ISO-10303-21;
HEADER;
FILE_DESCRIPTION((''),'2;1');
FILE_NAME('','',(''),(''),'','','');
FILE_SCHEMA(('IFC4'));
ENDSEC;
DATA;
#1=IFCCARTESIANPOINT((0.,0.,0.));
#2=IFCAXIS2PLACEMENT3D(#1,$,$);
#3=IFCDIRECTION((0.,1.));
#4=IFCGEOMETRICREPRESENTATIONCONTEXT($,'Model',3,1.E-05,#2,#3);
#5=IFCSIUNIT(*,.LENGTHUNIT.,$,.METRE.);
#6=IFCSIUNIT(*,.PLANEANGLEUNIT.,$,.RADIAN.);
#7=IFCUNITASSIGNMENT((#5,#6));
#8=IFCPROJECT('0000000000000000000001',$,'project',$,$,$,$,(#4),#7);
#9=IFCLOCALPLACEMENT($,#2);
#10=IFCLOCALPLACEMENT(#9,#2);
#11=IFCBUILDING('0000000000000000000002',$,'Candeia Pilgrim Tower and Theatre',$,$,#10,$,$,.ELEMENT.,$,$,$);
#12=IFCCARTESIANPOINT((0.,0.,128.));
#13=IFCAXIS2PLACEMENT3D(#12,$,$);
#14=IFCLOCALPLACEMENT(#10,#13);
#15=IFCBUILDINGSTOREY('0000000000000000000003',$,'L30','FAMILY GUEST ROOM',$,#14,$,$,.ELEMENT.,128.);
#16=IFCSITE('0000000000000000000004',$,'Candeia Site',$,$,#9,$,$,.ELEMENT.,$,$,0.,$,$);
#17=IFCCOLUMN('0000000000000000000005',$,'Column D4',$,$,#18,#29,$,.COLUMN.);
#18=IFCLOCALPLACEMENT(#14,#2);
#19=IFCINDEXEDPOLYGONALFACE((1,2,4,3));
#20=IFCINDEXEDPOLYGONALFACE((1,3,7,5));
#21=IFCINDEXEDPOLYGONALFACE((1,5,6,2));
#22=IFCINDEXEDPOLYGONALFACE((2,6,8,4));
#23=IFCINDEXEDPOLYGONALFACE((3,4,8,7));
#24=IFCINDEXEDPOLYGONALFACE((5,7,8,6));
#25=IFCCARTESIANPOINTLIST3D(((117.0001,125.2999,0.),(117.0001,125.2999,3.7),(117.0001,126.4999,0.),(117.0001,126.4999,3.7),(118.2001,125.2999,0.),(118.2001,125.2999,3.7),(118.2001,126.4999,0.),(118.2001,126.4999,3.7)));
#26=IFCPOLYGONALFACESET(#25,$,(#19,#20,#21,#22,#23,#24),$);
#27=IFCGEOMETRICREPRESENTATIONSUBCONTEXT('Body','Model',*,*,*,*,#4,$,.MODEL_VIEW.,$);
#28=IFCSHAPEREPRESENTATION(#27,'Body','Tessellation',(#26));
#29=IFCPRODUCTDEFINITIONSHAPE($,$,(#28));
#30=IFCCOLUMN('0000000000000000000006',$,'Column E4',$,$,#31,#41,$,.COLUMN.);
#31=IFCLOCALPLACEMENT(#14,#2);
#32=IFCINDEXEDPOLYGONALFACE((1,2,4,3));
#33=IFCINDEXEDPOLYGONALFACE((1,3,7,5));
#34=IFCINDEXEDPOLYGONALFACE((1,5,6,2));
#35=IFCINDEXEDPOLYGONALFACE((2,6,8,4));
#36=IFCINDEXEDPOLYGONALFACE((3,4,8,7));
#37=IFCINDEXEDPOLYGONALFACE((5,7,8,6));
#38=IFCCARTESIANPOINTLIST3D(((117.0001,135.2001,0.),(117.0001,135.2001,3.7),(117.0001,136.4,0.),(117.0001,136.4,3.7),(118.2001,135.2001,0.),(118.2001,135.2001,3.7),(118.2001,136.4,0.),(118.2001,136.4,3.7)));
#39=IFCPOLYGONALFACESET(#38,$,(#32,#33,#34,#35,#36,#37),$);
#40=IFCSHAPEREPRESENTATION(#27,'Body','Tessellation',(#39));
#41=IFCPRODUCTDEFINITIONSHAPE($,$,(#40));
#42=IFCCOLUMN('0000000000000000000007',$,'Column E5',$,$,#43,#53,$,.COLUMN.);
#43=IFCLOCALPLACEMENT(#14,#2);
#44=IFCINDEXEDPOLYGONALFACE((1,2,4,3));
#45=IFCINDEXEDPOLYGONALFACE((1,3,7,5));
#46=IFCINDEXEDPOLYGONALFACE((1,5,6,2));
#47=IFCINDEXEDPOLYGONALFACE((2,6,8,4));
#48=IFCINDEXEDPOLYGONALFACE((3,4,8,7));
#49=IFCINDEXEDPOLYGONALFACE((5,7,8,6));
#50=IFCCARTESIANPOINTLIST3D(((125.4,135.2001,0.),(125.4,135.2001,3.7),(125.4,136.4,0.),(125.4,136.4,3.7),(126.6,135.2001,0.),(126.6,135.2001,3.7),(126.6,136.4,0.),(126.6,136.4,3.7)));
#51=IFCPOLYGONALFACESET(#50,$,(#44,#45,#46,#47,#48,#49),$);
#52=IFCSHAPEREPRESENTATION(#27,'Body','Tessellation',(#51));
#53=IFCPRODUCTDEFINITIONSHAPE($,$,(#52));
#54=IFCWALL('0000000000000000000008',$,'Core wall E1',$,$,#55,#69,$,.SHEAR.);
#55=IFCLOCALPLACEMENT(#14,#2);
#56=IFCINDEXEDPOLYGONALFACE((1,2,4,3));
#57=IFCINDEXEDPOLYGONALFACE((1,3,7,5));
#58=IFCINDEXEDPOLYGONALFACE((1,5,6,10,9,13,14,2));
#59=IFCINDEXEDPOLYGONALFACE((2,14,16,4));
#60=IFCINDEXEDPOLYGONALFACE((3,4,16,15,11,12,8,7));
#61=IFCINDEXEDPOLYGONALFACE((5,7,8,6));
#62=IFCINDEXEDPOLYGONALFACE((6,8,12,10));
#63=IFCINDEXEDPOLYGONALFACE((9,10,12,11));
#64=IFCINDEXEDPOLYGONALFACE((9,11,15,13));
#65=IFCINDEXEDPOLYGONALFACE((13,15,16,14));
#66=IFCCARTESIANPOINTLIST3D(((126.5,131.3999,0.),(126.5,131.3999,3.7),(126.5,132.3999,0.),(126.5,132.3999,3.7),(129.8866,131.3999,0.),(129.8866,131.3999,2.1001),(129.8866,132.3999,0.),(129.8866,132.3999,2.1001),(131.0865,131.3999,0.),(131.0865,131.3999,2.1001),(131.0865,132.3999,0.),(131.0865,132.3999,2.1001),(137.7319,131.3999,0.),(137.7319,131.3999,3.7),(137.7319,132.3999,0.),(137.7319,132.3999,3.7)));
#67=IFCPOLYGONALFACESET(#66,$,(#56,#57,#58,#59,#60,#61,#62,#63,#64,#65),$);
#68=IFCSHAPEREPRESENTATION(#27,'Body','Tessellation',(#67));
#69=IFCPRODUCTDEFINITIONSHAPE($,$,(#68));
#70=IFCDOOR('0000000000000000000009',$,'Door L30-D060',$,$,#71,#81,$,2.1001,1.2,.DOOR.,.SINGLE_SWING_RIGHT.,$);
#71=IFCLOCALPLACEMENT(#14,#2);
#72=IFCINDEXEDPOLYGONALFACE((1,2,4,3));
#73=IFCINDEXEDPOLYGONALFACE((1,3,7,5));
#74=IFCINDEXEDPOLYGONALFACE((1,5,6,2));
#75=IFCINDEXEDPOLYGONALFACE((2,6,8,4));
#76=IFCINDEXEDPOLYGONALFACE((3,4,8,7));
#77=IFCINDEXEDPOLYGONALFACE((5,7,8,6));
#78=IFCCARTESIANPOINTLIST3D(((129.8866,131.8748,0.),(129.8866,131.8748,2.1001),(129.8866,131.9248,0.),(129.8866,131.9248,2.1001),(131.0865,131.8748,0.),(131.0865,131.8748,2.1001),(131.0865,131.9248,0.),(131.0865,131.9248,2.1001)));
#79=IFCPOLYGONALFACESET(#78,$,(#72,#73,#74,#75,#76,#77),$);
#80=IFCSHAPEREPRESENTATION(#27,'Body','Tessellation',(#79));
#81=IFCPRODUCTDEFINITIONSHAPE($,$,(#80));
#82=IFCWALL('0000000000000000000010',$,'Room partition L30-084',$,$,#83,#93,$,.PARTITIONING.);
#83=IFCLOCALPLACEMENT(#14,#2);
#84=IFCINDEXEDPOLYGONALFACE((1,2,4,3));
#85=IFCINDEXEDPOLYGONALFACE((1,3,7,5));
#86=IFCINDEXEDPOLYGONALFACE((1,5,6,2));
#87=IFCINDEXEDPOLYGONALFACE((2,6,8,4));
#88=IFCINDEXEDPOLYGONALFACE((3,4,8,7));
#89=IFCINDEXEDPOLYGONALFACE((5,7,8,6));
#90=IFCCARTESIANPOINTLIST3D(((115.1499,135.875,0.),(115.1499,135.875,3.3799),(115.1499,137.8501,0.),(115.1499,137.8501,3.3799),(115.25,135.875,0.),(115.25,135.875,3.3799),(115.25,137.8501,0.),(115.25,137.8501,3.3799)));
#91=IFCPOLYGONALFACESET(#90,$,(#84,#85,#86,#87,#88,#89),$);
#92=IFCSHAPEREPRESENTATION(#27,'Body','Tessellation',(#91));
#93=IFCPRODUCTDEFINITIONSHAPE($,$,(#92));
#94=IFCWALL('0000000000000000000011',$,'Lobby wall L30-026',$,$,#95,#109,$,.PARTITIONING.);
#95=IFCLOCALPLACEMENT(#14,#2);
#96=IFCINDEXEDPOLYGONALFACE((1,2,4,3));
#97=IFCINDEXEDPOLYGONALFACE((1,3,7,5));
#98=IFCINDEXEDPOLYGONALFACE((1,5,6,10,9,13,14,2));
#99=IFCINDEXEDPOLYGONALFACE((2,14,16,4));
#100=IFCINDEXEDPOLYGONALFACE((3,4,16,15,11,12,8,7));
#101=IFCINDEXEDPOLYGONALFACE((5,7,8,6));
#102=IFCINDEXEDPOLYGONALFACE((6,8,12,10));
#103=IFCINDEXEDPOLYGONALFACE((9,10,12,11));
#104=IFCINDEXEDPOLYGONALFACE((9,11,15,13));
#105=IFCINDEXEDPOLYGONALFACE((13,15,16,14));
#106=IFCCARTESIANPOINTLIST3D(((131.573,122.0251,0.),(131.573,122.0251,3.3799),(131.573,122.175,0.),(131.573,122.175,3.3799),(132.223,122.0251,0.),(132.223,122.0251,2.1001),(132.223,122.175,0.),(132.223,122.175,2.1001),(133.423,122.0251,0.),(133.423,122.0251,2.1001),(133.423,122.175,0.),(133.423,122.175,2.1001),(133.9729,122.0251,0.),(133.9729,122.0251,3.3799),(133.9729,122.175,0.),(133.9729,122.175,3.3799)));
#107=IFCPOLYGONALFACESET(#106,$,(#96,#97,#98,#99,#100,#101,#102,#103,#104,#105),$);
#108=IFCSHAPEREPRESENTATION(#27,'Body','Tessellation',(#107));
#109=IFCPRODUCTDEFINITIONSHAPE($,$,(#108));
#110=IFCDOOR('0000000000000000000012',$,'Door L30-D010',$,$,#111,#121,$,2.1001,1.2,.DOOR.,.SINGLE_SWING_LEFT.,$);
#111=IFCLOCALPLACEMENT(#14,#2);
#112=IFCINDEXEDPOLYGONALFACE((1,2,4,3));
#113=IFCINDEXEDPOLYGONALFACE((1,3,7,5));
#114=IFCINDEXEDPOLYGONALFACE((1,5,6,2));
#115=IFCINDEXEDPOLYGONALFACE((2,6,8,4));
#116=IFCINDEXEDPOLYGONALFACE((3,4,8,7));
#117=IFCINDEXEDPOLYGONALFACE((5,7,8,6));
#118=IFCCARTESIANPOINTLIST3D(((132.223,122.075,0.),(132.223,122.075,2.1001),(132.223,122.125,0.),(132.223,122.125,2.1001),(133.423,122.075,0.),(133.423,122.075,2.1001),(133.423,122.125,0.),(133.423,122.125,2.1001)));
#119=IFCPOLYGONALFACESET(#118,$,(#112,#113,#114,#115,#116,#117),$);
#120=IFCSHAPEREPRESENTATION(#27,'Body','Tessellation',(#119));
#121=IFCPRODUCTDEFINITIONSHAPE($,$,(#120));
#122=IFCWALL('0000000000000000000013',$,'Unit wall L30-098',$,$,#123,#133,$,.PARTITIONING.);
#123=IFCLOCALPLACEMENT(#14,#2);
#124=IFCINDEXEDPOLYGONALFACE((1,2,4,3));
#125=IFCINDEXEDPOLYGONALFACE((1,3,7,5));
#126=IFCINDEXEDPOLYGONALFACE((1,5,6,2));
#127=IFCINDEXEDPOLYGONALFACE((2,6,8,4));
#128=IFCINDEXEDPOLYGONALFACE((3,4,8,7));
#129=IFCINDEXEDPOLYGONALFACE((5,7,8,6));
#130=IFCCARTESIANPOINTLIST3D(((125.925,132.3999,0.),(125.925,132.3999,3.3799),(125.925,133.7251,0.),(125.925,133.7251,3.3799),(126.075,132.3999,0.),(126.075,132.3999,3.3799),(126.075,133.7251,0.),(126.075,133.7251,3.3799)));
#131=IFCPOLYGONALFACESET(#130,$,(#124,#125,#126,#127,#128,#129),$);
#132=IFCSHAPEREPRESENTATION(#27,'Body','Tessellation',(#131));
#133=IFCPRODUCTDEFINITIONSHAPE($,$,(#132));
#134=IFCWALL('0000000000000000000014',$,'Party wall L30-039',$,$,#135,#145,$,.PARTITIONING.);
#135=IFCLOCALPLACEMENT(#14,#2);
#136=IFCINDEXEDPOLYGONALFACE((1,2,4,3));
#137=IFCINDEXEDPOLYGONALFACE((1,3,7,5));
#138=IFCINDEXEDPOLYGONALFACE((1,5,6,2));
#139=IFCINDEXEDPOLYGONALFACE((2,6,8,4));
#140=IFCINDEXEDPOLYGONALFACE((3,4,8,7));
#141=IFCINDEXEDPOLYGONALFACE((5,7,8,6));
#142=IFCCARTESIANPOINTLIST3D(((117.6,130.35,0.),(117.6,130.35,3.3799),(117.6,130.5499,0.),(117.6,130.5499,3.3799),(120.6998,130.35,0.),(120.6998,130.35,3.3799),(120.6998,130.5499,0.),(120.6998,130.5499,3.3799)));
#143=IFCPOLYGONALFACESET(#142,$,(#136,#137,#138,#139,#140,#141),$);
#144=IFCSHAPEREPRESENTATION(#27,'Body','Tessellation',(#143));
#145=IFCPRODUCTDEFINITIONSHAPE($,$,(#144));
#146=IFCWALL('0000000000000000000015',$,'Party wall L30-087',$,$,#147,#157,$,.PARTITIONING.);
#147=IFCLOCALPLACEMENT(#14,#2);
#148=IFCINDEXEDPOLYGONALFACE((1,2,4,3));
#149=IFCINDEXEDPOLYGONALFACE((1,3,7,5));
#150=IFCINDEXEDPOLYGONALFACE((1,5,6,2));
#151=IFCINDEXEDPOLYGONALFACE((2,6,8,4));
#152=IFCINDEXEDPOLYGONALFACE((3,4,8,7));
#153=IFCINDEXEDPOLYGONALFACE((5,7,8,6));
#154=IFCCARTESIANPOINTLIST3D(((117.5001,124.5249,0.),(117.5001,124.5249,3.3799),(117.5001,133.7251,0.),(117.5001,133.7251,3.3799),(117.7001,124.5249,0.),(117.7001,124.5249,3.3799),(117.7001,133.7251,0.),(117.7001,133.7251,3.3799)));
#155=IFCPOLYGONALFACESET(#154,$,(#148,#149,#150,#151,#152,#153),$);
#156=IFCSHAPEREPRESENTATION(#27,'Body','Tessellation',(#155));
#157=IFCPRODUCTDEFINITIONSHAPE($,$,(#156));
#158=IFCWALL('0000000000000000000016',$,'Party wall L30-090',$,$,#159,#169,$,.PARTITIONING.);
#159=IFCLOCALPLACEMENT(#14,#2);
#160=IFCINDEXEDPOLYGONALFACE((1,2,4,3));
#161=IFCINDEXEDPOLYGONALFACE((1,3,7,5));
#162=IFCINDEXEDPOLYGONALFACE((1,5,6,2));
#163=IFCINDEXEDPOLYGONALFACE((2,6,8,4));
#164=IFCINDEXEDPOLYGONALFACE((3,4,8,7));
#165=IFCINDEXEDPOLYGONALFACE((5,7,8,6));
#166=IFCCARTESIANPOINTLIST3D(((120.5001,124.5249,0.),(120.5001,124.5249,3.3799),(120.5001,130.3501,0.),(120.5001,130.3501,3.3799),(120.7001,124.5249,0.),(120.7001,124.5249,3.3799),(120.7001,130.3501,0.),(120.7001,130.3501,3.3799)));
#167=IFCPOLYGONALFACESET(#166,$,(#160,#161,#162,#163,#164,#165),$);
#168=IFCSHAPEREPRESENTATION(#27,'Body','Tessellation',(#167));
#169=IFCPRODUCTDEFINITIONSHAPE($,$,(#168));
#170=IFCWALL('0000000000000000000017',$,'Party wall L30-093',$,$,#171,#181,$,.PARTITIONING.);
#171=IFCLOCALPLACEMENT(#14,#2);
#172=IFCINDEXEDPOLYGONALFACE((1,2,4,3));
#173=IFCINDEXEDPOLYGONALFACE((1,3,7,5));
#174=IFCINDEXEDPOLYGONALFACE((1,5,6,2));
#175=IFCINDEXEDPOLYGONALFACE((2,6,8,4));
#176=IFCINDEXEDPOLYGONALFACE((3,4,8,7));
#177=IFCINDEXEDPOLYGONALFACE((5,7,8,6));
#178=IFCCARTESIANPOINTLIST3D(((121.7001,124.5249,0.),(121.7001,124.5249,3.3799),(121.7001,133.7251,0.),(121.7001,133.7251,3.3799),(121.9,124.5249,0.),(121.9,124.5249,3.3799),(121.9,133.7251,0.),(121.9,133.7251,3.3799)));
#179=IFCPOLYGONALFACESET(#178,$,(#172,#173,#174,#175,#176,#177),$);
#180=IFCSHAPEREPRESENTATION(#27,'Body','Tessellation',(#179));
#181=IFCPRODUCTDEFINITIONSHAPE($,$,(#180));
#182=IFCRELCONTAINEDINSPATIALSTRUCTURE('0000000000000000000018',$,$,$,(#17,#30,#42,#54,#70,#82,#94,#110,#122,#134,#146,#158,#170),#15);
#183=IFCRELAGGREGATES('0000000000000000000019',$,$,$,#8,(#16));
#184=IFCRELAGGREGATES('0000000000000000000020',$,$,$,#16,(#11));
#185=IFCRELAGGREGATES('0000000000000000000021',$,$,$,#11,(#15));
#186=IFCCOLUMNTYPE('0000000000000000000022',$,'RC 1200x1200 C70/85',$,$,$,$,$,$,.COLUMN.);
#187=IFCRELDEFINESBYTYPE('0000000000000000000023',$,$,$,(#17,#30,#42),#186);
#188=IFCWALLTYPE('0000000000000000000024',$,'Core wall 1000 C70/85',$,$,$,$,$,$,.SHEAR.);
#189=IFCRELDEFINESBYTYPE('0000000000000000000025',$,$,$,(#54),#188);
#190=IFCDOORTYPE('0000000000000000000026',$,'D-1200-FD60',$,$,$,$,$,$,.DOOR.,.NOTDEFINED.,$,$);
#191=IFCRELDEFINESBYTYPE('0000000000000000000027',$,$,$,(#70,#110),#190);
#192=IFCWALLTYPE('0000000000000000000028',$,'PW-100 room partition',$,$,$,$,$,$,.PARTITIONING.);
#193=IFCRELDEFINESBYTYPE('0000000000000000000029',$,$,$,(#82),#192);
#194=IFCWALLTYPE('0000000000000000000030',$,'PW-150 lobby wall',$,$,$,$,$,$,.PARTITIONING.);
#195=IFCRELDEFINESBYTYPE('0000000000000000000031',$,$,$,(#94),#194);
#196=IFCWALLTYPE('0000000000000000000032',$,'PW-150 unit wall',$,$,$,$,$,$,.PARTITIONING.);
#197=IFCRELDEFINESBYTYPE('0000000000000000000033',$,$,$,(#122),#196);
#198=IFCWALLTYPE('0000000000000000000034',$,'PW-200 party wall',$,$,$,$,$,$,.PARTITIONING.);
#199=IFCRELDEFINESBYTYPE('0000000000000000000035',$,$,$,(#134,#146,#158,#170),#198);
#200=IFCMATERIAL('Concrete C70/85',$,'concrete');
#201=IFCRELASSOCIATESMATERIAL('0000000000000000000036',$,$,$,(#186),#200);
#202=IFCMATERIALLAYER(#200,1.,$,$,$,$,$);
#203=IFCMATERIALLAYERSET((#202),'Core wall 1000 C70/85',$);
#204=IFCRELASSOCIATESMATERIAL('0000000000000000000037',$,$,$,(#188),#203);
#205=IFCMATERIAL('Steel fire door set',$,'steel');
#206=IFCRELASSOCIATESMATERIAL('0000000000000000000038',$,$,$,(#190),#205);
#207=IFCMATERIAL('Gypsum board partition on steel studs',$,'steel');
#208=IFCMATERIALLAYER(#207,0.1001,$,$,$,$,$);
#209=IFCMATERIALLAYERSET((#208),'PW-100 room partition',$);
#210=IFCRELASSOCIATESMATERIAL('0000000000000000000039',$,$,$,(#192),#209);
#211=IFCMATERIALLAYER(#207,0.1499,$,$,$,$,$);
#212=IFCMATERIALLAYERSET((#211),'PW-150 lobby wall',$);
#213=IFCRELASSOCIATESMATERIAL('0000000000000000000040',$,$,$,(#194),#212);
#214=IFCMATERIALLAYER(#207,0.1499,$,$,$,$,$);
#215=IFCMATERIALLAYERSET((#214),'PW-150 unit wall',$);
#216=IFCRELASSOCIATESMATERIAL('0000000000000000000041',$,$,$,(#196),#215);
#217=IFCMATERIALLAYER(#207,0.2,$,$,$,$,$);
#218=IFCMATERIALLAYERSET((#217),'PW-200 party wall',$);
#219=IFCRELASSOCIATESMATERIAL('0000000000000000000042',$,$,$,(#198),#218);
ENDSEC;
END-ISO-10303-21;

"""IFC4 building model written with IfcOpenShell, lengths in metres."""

from ifc_helpers import new_model, si_unit, direction, frame, frame_2d, origin, origin_2d, place, context, subcontext, project, spatial, rectangle, extrude, material, layer, layer_set, material_profile, profile_set, type_object, element, fill, save


model = new_model("IFC4")

# Units and contexts
model_context = context("Model", 3, precision=1e-05, world=origin(), true_north=direction((0.0, 1.0)))
body_context = subcontext(model_context, "Body", "Model", "MODEL_VIEW")
ifc_project = project(units=[si_unit("LENGTHUNIT", "METRE"), si_unit("PLANEANGLEUNIT", "RADIAN")], contexts=[model_context])

# Site, building, storey
site_placement = place(None, origin())
site = spatial("IfcSite", under=ifc_project, at=site_placement, Name="Candeia Site", CompositionType="ELEMENT", RefElevation=0.0)
building_placement = place(site_placement, origin())
building = spatial("IfcBuilding", under=site, at=building_placement, Name="Candeia Pilgrim Tower and Theatre", CompositionType="ELEMENT")
storey_placement = place(building_placement, frame((0.0, 0.0, 128.0)))
storey = spatial("IfcBuildingStorey", under=building, at=storey_placement, Name="L30", Description="FAMILY GUEST ROOM", CompositionType="ELEMENT", Elevation=128.0)

# Columns
ifc_material_1 = material(Name="Concrete C70/85", Category="concrete")
ifc_material_profile = material_profile(ifc_material_1, rectangle(XDim=1.2, YDim=1.2, at=origin_2d()))
ifc_profile_set = profile_set([ifc_material_profile], Name="Concrete C70/85")
column_type = type_object("IfcColumnType", Name="RC 1200x1200 C70/85", PredefinedType="COLUMN", material=ifc_profile_set)
for number, where, z_axis, x_axis, name in (
    (1, (117.6001, 125.8999, 0.0), (0.0, 0.0, 1.0), (1.0, 0.0, 0.0), "Column D4"),
    (2, (117.6001, 135.8, 0.0), (0.0, 0.0, 1.0), (1.0, 0.0, 0.0), "Column E4"),
    (3, (126.0, 135.8, 0.0), (0.0, 0.0, 1.0), (1.0, 0.0, 0.0), "Column E5"),
):
    element("IfcColumn", number, at=place(storey_placement, frame(where, z_axis=z_axis, x_axis=x_axis)), inside=storey, type_object=column_type, Name=name, PredefinedType="COLUMN", context=body_context, shape_type="SweptSolid", body=[
        extrude(rectangle(XDim=1.2, YDim=1.2, at=origin_2d()), origin(), (0.0, 0.0, 1.0), 3.7),
    ])

# Wall, opening, door
ifc_layer_1 = layer(ifc_material_1, 1.0)
ifc_layer_set_1 = layer_set([ifc_layer_1], Name="Core wall 1000 C70/85")
wall_type_1 = type_object("IfcWallType", Name="Core wall 1000 C70/85", PredefinedType="SHEAR", material=ifc_layer_set_1)
wall_1_placement = place(storey_placement, frame((126.5, 131.8999, 0.0), z_axis=(0.0, 0.0, 1.0), x_axis=(1.0, 0.0, 0.0)))
wall_1 = element("IfcWall", 4, at=wall_1_placement, inside=storey, type_object=wall_type_1, Name="Core wall E1", PredefinedType="SHEAR", context=body_context, shape_type="SweptSolid", body=[
    extrude(rectangle(XDim=11.2319, YDim=1.0, at=frame_2d((5.616, 0.0))), origin(), (0.0, 0.0, 1.0), 3.7),
])
opening_1_placement = place(wall_1_placement, frame((3.3865, 0.0, 0.0)))
opening_1 = element("IfcOpeningElement", 5, at=opening_1_placement, cuts=wall_1, PredefinedType="OPENING", context=body_context, shape_type="SweptSolid", body=[
    extrude(rectangle(XDim=1.2, YDim=2.1001, at=frame_2d((0.6001, 1.05))), frame((0.0, 0.51, 0.0), z_axis=(0.0, -1.0, 0.0), x_axis=(1.0, 0.0, 0.0)), (0.0, 0.0, 1.0), 1.02),
])
ifc_material_2 = material(Name="Steel fire door set", Category="steel")
door_type_1 = type_object("IfcDoorType", Name="D-1200-FD60", OperationType="NOTDEFINED", PredefinedType="DOOR", material=ifc_material_2)
door_1_placement = place(opening_1_placement, origin())
door_1 = element("IfcDoor", 6, at=door_1_placement, inside=storey, type_object=door_type_1, Name="Door L30-D060", OperationType="SINGLE_SWING_RIGHT", OverallHeight=2.1001, OverallWidth=1.2, PredefinedType="DOOR", context=body_context, shape_type="SweptSolid", body=[
    extrude(rectangle(XDim=1.2, YDim=2.1001, at=frame_2d((0.6001, 1.05))), frame((0.0, 0.0249, 0.0), z_axis=(0.0, -1.0, 0.0), x_axis=(1.0, 0.0, 0.0)), (0.0, 0.0, 1.0), 0.05),
])
fill(opening_1, door_1)

# Wall
ifc_material_3 = material(Name="Gypsum board partition on steel studs", Category="steel")
ifc_layer_2 = layer(ifc_material_3, 0.1001)
ifc_layer_set_2 = layer_set([ifc_layer_2], Name="PW-100 room partition")
wall_type_2 = type_object("IfcWallType", Name="PW-100 room partition", PredefinedType="PARTITIONING", material=ifc_layer_set_2)
wall_2_placement = place(storey_placement, frame((115.2, 135.875, 0.0), z_axis=(0.0, 0.0, 1.0), x_axis=(0.0, 1.0, 0.0)))
element("IfcWall", 7, at=wall_2_placement, inside=storey, type_object=wall_type_2, Name="Room partition L30-084", PredefinedType="PARTITIONING", context=body_context, shape_type="SweptSolid", body=[
    extrude(rectangle(XDim=1.9751, YDim=0.1001, at=frame_2d((0.9875, 0.0))), origin(), (0.0, 0.0, 1.0), 3.3799),
])

# Wall, opening, door
ifc_layer_3 = layer(ifc_material_3, 0.1499)
ifc_layer_set_3 = layer_set([ifc_layer_3], Name="PW-150 lobby wall")
wall_type_3 = type_object("IfcWallType", Name="PW-150 lobby wall", PredefinedType="PARTITIONING", material=ifc_layer_set_3)
wall_3_placement = place(storey_placement, frame((131.573, 122.1001, 0.0), z_axis=(0.0, 0.0, 1.0), x_axis=(1.0, 0.0, 0.0)))
wall_3 = element("IfcWall", 8, at=wall_3_placement, inside=storey, type_object=wall_type_3, Name="Lobby wall L30-026", PredefinedType="PARTITIONING", context=body_context, shape_type="SweptSolid", body=[
    extrude(rectangle(XDim=2.3999, YDim=0.1499, at=frame_2d((1.2, 0.0))), origin(), (0.0, 0.0, 1.0), 3.3799),
])
opening_2_placement = place(wall_3_placement, frame((0.6499, 0.0, 0.0)))
opening_2 = element("IfcOpeningElement", 9, at=opening_2_placement, cuts=wall_3, PredefinedType="OPENING", context=body_context, shape_type="SweptSolid", body=[
    extrude(rectangle(XDim=1.2, YDim=2.1001, at=frame_2d((0.6001, 1.05))), frame((0.0, 0.085, 0.0), z_axis=(0.0, -1.0, 0.0), x_axis=(1.0, 0.0, 0.0)), (0.0, 0.0, 1.0), 0.1699),
])
door_2_placement = place(opening_2_placement, origin())
door_2 = element("IfcDoor", 10, at=door_2_placement, inside=storey, type_object=door_type_1, Name="Door L30-D010", OperationType="SINGLE_SWING_LEFT", OverallHeight=2.1001, OverallWidth=1.2, PredefinedType="DOOR", context=body_context, shape_type="SweptSolid", body=[
    extrude(rectangle(XDim=1.2, YDim=2.1001, at=frame_2d((0.6001, 1.05))), frame((0.0, 0.0249, 0.0), z_axis=(0.0, -1.0, 0.0), x_axis=(1.0, 0.0, 0.0)), (0.0, 0.0, 1.0), 0.05),
])
fill(opening_2, door_2)

# Walls
ifc_layer_4 = layer(ifc_material_3, 0.1499)
ifc_layer_set_4 = layer_set([ifc_layer_4], Name="PW-150 unit wall")
wall_type_4 = type_object("IfcWallType", Name="PW-150 unit wall", PredefinedType="PARTITIONING", material=ifc_layer_set_4)
wall_4_placement = place(storey_placement, frame((126.0, 132.3999, 0.0), z_axis=(0.0, 0.0, 1.0), x_axis=(0.0, 1.0, 0.0)))
element("IfcWall", 11, at=wall_4_placement, inside=storey, type_object=wall_type_4, Name="Unit wall L30-098", PredefinedType="PARTITIONING", context=body_context, shape_type="SweptSolid", body=[
    extrude(rectangle(XDim=1.3252, YDim=0.1499, at=frame_2d((0.6626, 0.0))), origin(), (0.0, 0.0, 1.0), 3.3799),
])
ifc_layer_5 = layer(ifc_material_3, 0.2)
ifc_layer_set_5 = layer_set([ifc_layer_5], Name="PW-200 party wall")
wall_type_5 = type_object("IfcWallType", Name="PW-200 party wall", PredefinedType="PARTITIONING", material=ifc_layer_set_5)
wall_5_placement = place(storey_placement, frame((117.6001, 130.45, 0.0), z_axis=(0.0, 0.0, 1.0), x_axis=(1.0, 0.0, 0.0)))
element("IfcWall", 12, at=wall_5_placement, inside=storey, type_object=wall_type_5, Name="Party wall L30-039", PredefinedType="PARTITIONING", context=body_context, shape_type="SweptSolid", body=[
    extrude(rectangle(XDim=3.0999, YDim=0.2, at=frame_2d((1.5498, 0.0))), origin(), (0.0, 0.0, 1.0), 3.3799),
])
wall_6_placement = place(storey_placement, frame((117.6001, 124.5249, 0.0), z_axis=(0.0, 0.0, 1.0), x_axis=(0.0, 1.0, 0.0)))
element("IfcWall", 13, at=wall_6_placement, inside=storey, type_object=wall_type_5, Name="Party wall L30-087", PredefinedType="PARTITIONING", context=body_context, shape_type="SweptSolid", body=[
    extrude(rectangle(XDim=9.2002, YDim=0.2, at=frame_2d((4.6001, 0.0))), origin(), (0.0, 0.0, 1.0), 3.3799),
])
wall_7_placement = place(storey_placement, frame((120.6001, 124.5249, 0.0), z_axis=(0.0, 0.0, 1.0), x_axis=(0.0, 1.0, 0.0)))
element("IfcWall", 14, at=wall_7_placement, inside=storey, type_object=wall_type_5, Name="Party wall L30-090", PredefinedType="PARTITIONING", context=body_context, shape_type="SweptSolid", body=[
    extrude(rectangle(XDim=5.8252, YDim=0.2, at=frame_2d((2.9126, 0.0))), origin(), (0.0, 0.0, 1.0), 3.3799),
])
wall_8_placement = place(storey_placement, frame((121.8, 124.5249, 0.0), z_axis=(0.0, 0.0, 1.0), x_axis=(0.0, 1.0, 0.0)))
element("IfcWall", 15, at=wall_8_placement, inside=storey, type_object=wall_type_5, Name="Party wall L30-093", PredefinedType="PARTITIONING", context=body_context, shape_type="SweptSolid", body=[
    extrude(rectangle(XDim=9.2002, YDim=0.2, at=frame_2d((4.6001, 0.0))), origin(), (0.0, 0.0, 1.0), 3.3799),
])

save(model, "model.ifc")
